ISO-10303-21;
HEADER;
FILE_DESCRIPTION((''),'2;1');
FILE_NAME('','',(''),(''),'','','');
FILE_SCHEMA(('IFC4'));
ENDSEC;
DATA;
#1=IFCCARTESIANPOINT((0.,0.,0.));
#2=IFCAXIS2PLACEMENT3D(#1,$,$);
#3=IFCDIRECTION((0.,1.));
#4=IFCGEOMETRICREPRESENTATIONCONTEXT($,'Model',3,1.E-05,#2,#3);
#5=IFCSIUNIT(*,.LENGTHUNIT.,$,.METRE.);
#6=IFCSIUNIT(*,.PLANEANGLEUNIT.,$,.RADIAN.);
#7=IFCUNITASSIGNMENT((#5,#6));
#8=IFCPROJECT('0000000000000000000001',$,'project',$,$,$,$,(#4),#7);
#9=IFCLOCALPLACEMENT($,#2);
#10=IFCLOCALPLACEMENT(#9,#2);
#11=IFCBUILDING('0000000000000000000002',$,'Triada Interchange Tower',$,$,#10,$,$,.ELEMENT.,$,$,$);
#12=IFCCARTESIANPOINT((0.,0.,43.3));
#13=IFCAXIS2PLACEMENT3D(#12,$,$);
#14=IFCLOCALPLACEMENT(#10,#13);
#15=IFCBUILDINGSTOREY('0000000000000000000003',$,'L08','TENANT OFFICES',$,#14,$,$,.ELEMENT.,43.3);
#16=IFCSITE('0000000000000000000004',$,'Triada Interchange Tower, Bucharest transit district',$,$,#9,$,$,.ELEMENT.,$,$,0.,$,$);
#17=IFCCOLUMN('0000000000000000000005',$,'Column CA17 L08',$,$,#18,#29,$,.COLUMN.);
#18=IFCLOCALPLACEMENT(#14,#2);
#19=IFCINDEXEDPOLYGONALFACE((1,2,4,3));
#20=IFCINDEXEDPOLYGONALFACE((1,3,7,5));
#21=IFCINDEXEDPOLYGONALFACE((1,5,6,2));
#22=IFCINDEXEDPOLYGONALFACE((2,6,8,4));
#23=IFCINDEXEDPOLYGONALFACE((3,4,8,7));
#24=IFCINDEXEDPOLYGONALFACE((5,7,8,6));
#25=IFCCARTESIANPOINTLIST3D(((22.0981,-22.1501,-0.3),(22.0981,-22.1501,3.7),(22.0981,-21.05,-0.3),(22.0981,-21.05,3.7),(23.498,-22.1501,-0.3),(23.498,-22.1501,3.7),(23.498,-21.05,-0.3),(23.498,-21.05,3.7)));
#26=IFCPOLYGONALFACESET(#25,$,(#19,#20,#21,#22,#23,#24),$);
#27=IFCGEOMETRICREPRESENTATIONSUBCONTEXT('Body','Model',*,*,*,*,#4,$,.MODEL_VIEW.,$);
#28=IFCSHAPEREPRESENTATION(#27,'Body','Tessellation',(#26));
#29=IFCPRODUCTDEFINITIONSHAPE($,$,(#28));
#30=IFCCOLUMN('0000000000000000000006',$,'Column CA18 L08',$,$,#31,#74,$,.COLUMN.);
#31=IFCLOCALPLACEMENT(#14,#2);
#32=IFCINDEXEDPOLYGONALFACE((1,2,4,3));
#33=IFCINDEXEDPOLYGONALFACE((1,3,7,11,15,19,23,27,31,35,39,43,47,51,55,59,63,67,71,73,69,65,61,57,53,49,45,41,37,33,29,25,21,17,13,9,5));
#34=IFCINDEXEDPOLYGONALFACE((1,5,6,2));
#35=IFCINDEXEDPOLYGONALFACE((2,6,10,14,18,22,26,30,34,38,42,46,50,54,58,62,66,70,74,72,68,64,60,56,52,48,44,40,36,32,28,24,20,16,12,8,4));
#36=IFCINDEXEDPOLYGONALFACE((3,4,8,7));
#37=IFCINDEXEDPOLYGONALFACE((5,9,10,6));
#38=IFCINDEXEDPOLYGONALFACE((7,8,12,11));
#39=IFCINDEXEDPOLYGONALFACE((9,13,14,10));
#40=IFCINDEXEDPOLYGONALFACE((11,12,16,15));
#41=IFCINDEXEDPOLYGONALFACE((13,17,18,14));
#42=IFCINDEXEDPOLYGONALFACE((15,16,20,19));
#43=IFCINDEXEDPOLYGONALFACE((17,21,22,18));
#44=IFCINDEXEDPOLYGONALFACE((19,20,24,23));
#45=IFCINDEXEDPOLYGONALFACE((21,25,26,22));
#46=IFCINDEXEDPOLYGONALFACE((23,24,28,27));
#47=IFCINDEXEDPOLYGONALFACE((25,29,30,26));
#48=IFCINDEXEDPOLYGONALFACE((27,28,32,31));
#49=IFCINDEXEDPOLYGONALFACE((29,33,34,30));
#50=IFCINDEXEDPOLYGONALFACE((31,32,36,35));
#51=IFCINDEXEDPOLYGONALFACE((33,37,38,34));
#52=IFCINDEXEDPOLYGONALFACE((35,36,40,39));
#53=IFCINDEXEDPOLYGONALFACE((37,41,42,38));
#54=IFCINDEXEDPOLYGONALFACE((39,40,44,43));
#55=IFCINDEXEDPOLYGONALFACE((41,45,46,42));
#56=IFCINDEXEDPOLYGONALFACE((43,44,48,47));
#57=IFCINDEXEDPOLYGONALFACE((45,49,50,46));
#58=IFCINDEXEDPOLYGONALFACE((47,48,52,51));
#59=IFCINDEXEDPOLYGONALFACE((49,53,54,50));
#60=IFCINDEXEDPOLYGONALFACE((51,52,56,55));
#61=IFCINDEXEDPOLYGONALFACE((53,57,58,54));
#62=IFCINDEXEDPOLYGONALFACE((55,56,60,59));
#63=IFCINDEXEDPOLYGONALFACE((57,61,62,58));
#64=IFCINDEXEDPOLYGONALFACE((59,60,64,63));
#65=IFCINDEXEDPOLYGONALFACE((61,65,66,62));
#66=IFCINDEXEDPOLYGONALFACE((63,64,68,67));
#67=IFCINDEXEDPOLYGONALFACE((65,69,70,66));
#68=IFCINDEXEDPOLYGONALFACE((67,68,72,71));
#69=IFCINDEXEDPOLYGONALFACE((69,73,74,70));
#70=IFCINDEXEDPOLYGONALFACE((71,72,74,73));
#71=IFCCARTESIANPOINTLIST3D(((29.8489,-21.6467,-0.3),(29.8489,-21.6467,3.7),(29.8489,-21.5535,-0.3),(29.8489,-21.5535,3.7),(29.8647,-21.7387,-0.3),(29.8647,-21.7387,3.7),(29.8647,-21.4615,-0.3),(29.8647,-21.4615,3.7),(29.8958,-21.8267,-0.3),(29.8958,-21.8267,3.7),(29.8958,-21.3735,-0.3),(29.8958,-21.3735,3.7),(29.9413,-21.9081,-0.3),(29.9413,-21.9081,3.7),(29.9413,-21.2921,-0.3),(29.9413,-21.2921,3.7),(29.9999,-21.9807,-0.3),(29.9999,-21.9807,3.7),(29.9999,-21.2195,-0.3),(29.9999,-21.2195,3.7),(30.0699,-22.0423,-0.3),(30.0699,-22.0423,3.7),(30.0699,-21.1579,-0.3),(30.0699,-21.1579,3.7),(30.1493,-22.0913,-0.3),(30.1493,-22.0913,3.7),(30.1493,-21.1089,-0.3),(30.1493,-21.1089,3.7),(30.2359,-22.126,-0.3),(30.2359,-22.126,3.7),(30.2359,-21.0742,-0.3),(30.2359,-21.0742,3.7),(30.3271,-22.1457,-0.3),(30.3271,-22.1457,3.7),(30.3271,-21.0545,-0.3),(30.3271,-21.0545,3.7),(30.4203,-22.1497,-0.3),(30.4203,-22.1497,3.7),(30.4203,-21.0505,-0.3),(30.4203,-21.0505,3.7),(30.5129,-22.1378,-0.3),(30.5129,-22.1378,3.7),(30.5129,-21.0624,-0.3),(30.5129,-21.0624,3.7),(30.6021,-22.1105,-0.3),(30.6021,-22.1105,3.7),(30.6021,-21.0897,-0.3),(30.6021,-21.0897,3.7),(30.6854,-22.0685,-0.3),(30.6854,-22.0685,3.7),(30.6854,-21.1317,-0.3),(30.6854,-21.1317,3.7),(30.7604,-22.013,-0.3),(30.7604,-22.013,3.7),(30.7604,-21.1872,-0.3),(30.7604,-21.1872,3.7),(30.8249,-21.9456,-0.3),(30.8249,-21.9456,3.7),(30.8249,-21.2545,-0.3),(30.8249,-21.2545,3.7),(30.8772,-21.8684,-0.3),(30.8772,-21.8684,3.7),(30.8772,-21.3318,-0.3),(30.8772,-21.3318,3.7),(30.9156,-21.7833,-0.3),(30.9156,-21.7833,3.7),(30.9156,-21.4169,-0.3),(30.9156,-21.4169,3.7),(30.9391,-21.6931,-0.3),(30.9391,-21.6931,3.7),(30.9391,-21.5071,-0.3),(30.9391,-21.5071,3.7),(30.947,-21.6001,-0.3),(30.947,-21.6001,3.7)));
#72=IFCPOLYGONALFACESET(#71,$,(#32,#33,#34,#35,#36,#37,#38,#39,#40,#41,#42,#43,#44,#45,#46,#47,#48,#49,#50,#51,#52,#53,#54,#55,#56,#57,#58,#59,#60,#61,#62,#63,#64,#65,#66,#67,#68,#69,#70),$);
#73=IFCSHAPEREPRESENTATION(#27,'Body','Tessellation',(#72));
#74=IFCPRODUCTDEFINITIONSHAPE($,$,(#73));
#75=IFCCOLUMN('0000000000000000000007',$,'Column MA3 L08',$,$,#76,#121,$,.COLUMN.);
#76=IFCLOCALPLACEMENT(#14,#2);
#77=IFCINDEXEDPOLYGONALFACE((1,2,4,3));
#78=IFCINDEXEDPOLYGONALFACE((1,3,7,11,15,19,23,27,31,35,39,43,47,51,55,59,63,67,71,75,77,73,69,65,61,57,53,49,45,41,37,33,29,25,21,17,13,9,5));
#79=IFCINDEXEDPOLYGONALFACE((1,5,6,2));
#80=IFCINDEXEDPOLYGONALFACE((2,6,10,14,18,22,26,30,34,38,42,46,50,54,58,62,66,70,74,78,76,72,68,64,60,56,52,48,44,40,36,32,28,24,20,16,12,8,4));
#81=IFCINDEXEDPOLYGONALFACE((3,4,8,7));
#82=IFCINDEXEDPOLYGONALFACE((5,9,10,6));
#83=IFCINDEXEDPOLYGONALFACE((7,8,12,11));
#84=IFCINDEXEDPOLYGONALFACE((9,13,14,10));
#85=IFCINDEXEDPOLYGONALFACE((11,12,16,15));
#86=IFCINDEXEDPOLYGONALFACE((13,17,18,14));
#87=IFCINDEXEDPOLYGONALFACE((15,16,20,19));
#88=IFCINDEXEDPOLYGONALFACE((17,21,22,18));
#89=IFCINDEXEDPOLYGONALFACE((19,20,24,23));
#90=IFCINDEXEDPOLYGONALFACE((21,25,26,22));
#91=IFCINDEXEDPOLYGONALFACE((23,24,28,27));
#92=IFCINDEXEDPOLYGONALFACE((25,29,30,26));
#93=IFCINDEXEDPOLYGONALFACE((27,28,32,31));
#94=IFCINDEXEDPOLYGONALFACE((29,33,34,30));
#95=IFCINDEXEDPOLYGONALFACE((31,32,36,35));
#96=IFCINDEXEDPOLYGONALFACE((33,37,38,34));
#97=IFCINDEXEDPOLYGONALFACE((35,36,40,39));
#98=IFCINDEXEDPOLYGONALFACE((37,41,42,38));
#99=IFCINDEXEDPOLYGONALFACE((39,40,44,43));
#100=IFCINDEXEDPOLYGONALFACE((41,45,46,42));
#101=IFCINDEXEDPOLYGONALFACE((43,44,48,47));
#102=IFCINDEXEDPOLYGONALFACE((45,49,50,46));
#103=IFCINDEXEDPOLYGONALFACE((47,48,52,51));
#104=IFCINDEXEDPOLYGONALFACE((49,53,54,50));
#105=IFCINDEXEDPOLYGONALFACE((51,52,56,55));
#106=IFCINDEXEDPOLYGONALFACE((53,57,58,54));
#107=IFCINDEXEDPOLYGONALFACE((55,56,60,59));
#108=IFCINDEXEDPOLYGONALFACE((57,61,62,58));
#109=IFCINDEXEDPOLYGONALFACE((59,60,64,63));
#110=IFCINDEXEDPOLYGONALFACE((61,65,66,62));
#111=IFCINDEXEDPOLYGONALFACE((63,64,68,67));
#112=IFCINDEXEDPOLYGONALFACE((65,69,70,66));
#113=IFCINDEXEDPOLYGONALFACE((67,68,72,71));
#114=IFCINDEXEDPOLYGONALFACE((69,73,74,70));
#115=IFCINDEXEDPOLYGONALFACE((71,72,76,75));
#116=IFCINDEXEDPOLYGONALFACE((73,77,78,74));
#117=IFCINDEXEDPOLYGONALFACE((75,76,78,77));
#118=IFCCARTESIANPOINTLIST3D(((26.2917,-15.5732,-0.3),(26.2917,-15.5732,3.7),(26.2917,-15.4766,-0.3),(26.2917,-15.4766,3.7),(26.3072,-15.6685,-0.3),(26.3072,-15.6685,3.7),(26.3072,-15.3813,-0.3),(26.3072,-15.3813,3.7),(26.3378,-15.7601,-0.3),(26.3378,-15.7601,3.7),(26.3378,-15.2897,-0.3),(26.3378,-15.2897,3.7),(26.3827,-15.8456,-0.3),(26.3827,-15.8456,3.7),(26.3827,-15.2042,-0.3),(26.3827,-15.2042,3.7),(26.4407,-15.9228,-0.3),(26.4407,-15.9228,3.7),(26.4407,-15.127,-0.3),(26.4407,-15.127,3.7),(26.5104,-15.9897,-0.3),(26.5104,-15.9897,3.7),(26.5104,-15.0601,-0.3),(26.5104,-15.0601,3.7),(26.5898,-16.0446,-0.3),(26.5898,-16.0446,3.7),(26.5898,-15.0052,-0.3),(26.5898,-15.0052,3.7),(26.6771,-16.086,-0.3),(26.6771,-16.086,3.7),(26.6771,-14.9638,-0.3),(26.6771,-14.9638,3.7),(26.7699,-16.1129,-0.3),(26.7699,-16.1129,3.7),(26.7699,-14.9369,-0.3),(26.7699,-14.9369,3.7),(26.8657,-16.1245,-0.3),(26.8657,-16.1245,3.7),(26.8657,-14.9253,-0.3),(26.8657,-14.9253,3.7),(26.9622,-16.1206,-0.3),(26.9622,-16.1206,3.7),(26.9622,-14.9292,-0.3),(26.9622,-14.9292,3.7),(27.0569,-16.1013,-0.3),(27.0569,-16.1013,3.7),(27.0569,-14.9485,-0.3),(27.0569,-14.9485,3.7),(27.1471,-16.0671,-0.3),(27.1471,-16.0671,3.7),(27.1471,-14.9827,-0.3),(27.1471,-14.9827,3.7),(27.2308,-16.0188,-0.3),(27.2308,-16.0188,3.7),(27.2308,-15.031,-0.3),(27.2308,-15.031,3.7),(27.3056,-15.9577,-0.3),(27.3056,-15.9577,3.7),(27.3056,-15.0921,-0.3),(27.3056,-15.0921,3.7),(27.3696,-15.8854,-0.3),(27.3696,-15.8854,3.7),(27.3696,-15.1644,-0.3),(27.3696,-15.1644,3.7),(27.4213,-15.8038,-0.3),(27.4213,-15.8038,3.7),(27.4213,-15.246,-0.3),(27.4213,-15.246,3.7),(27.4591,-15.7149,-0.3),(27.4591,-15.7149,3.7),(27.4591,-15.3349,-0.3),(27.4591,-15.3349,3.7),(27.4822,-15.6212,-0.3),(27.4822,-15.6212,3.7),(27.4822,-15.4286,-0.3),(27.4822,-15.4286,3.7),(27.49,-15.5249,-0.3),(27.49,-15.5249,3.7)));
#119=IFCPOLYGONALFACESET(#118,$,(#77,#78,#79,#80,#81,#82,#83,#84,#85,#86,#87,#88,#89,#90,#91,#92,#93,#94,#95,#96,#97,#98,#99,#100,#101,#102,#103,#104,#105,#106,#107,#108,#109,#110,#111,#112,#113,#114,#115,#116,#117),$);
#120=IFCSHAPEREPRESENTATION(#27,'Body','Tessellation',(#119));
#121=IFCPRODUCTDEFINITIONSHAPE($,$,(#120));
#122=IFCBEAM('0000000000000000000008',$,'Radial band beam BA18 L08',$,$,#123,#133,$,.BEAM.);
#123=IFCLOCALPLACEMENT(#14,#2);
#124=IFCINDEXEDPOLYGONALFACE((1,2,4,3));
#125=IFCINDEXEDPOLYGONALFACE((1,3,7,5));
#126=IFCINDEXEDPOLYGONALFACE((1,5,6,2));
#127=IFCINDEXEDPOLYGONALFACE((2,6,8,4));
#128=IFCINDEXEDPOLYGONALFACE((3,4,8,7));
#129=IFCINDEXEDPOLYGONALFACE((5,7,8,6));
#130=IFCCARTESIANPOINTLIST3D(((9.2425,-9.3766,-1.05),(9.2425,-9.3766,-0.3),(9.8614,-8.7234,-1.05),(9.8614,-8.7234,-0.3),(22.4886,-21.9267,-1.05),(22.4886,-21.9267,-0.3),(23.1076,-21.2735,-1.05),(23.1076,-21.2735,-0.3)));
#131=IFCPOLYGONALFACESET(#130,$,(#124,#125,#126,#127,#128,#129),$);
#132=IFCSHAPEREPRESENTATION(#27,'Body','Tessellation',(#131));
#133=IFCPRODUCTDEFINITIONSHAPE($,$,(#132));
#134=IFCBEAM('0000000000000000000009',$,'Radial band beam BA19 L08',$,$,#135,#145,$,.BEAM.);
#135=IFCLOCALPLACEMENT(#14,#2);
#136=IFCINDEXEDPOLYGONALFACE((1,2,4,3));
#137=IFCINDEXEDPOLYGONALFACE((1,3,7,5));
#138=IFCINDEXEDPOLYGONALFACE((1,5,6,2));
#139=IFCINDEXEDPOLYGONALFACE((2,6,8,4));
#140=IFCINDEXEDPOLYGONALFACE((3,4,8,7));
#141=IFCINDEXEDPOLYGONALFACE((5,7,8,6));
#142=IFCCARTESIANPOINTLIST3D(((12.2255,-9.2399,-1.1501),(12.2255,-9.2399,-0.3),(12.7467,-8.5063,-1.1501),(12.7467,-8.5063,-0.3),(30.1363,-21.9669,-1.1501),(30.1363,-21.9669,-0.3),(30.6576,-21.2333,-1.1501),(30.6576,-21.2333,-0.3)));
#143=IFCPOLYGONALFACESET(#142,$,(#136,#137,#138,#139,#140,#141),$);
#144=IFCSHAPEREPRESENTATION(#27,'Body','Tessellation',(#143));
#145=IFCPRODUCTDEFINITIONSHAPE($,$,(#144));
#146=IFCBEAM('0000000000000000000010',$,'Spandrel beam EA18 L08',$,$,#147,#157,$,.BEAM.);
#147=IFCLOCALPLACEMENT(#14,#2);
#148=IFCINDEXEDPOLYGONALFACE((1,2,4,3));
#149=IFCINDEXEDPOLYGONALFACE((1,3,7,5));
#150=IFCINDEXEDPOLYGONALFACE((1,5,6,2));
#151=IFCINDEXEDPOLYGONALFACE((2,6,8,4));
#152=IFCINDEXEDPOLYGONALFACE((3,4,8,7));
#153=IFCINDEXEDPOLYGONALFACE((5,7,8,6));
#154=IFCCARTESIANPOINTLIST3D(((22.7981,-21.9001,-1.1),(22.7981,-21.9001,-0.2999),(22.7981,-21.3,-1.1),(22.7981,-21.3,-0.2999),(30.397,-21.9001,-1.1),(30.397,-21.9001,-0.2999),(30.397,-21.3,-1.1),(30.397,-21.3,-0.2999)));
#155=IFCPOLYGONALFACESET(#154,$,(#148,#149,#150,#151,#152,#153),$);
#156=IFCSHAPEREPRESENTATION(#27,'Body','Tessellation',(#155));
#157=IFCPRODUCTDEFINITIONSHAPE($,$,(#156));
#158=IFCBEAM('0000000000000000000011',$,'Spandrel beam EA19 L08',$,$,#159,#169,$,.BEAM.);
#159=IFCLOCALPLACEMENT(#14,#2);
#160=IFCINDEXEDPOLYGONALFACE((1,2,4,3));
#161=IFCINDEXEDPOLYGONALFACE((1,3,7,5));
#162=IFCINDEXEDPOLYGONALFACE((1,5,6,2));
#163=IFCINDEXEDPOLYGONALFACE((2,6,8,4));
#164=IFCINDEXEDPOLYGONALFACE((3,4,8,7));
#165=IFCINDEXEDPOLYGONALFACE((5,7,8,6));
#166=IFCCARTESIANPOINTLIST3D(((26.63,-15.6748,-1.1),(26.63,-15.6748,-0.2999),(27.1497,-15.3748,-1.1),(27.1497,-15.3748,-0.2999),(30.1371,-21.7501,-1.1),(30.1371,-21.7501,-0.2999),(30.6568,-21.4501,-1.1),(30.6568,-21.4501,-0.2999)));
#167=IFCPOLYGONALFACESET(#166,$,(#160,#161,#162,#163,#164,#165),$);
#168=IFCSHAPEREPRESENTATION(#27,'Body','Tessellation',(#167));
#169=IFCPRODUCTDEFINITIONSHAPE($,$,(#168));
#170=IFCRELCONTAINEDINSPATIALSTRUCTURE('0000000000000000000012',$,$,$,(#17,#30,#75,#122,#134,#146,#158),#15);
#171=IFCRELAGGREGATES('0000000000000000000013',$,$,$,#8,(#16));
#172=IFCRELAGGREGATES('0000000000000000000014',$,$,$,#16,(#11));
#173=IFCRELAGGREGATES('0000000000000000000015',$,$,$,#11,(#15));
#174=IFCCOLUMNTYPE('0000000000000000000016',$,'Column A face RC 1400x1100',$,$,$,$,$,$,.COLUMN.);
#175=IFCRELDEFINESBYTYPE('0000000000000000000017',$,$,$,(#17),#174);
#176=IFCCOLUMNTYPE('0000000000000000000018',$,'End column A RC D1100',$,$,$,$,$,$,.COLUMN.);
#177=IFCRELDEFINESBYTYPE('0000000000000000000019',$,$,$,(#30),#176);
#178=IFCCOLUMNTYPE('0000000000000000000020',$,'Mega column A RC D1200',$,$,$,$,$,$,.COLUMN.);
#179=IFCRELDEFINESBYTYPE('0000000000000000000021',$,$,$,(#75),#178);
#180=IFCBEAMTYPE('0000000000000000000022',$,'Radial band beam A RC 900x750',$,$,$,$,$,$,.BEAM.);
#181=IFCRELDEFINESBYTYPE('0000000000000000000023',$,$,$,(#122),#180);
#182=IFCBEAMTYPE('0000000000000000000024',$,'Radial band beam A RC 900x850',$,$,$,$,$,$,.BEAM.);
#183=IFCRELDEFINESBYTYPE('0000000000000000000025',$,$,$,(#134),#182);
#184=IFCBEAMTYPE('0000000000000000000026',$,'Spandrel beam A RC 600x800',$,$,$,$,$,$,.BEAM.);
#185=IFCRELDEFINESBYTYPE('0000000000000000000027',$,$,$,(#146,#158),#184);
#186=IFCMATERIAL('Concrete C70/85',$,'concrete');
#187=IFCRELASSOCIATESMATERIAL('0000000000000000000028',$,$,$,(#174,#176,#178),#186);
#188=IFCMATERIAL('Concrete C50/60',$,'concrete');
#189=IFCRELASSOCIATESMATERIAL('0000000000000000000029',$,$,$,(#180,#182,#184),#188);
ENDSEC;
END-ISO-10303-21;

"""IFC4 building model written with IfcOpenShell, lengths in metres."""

from ifc_helpers import new_model, si_unit, direction, frame, origin, origin_2d, place, context, subcontext, project, spatial, rectangle, circle, extrude, material, material_profile, profile_set, type_object, element, save


model = new_model("IFC4")

# Units and contexts
model_context = context("Model", 3, precision=1e-05, world=origin(), true_north=direction((0.0, 1.0)))
body_context = subcontext(model_context, "Body", "Model", "MODEL_VIEW")
ifc_project = project(units=[si_unit("LENGTHUNIT", "METRE"), si_unit("PLANEANGLEUNIT", "RADIAN")], contexts=[model_context])

# Site, building, storey
site_placement = place(None, origin())
site = spatial("IfcSite", under=ifc_project, at=site_placement, Name="Triada Interchange Tower, Bucharest transit district", CompositionType="ELEMENT", RefElevation=0.0)
building_placement = place(site_placement, origin())
building = spatial("IfcBuilding", under=site, at=building_placement, Name="Triada Interchange Tower", CompositionType="ELEMENT")
storey_placement = place(building_placement, frame((0.0, 0.0, 43.3)))
storey = spatial("IfcBuildingStorey", under=building, at=storey_placement, Name="L08", Description="TENANT OFFICES", CompositionType="ELEMENT", Elevation=43.3)

# Columns
ifc_material_1 = material(Name="Concrete C70/85", Category="concrete")
ifc_material_profile_1 = material_profile(ifc_material_1, rectangle(XDim=1.3999, YDim=1.1001, at=origin_2d()), Name="RC 1400x1100")
ifc_profile_set_1 = profile_set([ifc_material_profile_1], Name="Concrete C70/85")
column_type_1 = type_object("IfcColumnType", Name="Column A face RC 1400x1100", PredefinedType="COLUMN", material=ifc_profile_set_1)
column_1_placement = place(storey_placement, frame((22.7981, -21.6001, -0.3), z_axis=(0.0, 0.0, 1.0), x_axis=(1.0, 0.0, 0.0)))
element("IfcColumn", 1, at=column_1_placement, inside=storey, type_object=column_type_1, Name="Column CA17 L08", PredefinedType="COLUMN", context=body_context, shape_type="SweptSolid", body=[
    extrude(rectangle(XDim=1.3999, YDim=1.1001, at=origin_2d()), origin(), (0.0, 0.0, 1.0), 4.0),
])
ifc_material_profile_2 = material_profile(ifc_material_1, circle(Radius=0.55, at=origin_2d()), Name="RC D1100")
ifc_profile_set_2 = profile_set([ifc_material_profile_2], Name="Concrete C70/85")
column_type_2 = type_object("IfcColumnType", Name="End column A RC D1100", PredefinedType="COLUMN", material=ifc_profile_set_2)
column_2_placement = place(storey_placement, frame((30.397, -21.6001, -0.3), z_axis=(0.0, 0.0, 1.0), x_axis=(1.0, 0.0, 0.0)))
element("IfcColumn", 2, at=column_2_placement, inside=storey, type_object=column_type_2, Name="Column CA18 L08", PredefinedType="COLUMN", context=body_context, shape_type="SweptSolid", body=[
    extrude(circle(Radius=0.55, at=origin_2d()), origin(), (0.0, 0.0, 1.0), 4.0),
])
ifc_material_profile_3 = material_profile(ifc_material_1, circle(Radius=0.6001, at=origin_2d()), Name="RC D1200")
ifc_profile_set_3 = profile_set([ifc_material_profile_3], Name="Concrete C70/85")
column_type_3 = type_object("IfcColumnType", Name="Mega column A RC D1200", PredefinedType="COLUMN", material=ifc_profile_set_3)
column_3_placement = place(storey_placement, frame((26.8899, -15.5249, -0.3), z_axis=(0.0, 0.0, 1.0), x_axis=(1.0, 0.0, 0.0)))
element("IfcColumn", 3, at=column_3_placement, inside=storey, type_object=column_type_3, Name="Column MA3 L08", PredefinedType="COLUMN", context=body_context, shape_type="SweptSolid", body=[
    extrude(circle(Radius=0.6001, at=origin_2d()), origin(), (0.0, 0.0, 1.0), 4.0),
])

# Beams
ifc_material_2 = material(Name="Concrete C50/60", Category="concrete")
ifc_material_profile_4 = material_profile(ifc_material_2, rectangle(XDim=0.8999, YDim=0.75, at=origin_2d()), Name="RC 900x750")
ifc_profile_set_4 = profile_set([ifc_material_profile_4], Name="Concrete C50/60")
beam_type_1 = type_object("IfcBeamType", Name="Radial band beam A RC 900x750", PredefinedType="BEAM", material=ifc_profile_set_4)
beam_1_placement = place(storey_placement, frame((22.7981, -21.6001, -0.675), z_axis=(-0.725922, 0.687777, 0.0), x_axis=(-0.687777, -0.725922, 0.0)))
element("IfcBeam", 4, at=beam_1_placement, inside=storey, type_object=beam_type_1, Name="Radial band beam BA18 L08", PredefinedType="BEAM", context=body_context, shape_type="SweptSolid", body=[
    extrude(rectangle(XDim=0.8999, YDim=0.75, at=origin_2d()), origin(), (0.0, 0.0, 1.0), 18.2473),
])
ifc_material_profile_5 = material_profile(ifc_material_2, rectangle(XDim=0.8999, YDim=0.8501, at=origin_2d()), Name="RC 900x850")
ifc_profile_set_5 = profile_set([ifc_material_profile_5], Name="Concrete C50/60")
beam_type_2 = type_object("IfcBeamType", Name="Radial band beam A RC 900x850", PredefinedType="BEAM", material=ifc_profile_set_5)
beam_2_placement = place(storey_placement, frame((30.397, -21.6001, -0.7251), z_axis=(-0.815161, 0.579234, 0.0), x_axis=(-0.579234, -0.815161, 0.0)))
element("IfcBeam", 5, at=beam_2_placement, inside=storey, type_object=beam_type_2, Name="Radial band beam BA19 L08", PredefinedType="BEAM", context=body_context, shape_type="SweptSolid", body=[
    extrude(rectangle(XDim=0.8999, YDim=0.8501, at=origin_2d()), origin(), (0.0, 0.0, 1.0), 21.9722),
])
ifc_material_profile_6 = material_profile(ifc_material_2, rectangle(XDim=0.6001, YDim=0.8, at=origin_2d()), Name="RC 600x800")
ifc_profile_set_6 = profile_set([ifc_material_profile_6], Name="Concrete C50/60")
beam_type_3 = type_object("IfcBeamType", Name="Spandrel beam A RC 600x800", PredefinedType="BEAM", material=ifc_profile_set_6)
beam_3_placement = place(storey_placement, frame((22.7981, -21.6001, -0.7), z_axis=(1.0, 0.0, 0.0), x_axis=(0.0, 1.0, 0.0)))
element("IfcBeam", 6, at=beam_3_placement, inside=storey, type_object=beam_type_3, Name="Spandrel beam EA18 L08", PredefinedType="BEAM", context=body_context, shape_type="SweptSolid", body=[
    extrude(rectangle(XDim=0.6001, YDim=0.8, at=origin_2d()), origin(), (0.0, 0.0, 1.0), 7.5989),
])
beam_4_placement = place(storey_placement, frame((30.397, -21.6001, -0.7), z_axis=(-0.499953, 0.866052, 0.0), x_axis=(-0.866052, -0.499953, 0.0)))
element("IfcBeam", 7, at=beam_4_placement, inside=storey, type_object=beam_type_3, Name="Spandrel beam EA19 L08", PredefinedType="BEAM", context=body_context, shape_type="SweptSolid", body=[
    extrude(rectangle(XDim=0.6001, YDim=0.8, at=origin_2d()), origin(), (0.0, 0.0, 1.0), 7.0149),
])

save(model, "model.ifc")
